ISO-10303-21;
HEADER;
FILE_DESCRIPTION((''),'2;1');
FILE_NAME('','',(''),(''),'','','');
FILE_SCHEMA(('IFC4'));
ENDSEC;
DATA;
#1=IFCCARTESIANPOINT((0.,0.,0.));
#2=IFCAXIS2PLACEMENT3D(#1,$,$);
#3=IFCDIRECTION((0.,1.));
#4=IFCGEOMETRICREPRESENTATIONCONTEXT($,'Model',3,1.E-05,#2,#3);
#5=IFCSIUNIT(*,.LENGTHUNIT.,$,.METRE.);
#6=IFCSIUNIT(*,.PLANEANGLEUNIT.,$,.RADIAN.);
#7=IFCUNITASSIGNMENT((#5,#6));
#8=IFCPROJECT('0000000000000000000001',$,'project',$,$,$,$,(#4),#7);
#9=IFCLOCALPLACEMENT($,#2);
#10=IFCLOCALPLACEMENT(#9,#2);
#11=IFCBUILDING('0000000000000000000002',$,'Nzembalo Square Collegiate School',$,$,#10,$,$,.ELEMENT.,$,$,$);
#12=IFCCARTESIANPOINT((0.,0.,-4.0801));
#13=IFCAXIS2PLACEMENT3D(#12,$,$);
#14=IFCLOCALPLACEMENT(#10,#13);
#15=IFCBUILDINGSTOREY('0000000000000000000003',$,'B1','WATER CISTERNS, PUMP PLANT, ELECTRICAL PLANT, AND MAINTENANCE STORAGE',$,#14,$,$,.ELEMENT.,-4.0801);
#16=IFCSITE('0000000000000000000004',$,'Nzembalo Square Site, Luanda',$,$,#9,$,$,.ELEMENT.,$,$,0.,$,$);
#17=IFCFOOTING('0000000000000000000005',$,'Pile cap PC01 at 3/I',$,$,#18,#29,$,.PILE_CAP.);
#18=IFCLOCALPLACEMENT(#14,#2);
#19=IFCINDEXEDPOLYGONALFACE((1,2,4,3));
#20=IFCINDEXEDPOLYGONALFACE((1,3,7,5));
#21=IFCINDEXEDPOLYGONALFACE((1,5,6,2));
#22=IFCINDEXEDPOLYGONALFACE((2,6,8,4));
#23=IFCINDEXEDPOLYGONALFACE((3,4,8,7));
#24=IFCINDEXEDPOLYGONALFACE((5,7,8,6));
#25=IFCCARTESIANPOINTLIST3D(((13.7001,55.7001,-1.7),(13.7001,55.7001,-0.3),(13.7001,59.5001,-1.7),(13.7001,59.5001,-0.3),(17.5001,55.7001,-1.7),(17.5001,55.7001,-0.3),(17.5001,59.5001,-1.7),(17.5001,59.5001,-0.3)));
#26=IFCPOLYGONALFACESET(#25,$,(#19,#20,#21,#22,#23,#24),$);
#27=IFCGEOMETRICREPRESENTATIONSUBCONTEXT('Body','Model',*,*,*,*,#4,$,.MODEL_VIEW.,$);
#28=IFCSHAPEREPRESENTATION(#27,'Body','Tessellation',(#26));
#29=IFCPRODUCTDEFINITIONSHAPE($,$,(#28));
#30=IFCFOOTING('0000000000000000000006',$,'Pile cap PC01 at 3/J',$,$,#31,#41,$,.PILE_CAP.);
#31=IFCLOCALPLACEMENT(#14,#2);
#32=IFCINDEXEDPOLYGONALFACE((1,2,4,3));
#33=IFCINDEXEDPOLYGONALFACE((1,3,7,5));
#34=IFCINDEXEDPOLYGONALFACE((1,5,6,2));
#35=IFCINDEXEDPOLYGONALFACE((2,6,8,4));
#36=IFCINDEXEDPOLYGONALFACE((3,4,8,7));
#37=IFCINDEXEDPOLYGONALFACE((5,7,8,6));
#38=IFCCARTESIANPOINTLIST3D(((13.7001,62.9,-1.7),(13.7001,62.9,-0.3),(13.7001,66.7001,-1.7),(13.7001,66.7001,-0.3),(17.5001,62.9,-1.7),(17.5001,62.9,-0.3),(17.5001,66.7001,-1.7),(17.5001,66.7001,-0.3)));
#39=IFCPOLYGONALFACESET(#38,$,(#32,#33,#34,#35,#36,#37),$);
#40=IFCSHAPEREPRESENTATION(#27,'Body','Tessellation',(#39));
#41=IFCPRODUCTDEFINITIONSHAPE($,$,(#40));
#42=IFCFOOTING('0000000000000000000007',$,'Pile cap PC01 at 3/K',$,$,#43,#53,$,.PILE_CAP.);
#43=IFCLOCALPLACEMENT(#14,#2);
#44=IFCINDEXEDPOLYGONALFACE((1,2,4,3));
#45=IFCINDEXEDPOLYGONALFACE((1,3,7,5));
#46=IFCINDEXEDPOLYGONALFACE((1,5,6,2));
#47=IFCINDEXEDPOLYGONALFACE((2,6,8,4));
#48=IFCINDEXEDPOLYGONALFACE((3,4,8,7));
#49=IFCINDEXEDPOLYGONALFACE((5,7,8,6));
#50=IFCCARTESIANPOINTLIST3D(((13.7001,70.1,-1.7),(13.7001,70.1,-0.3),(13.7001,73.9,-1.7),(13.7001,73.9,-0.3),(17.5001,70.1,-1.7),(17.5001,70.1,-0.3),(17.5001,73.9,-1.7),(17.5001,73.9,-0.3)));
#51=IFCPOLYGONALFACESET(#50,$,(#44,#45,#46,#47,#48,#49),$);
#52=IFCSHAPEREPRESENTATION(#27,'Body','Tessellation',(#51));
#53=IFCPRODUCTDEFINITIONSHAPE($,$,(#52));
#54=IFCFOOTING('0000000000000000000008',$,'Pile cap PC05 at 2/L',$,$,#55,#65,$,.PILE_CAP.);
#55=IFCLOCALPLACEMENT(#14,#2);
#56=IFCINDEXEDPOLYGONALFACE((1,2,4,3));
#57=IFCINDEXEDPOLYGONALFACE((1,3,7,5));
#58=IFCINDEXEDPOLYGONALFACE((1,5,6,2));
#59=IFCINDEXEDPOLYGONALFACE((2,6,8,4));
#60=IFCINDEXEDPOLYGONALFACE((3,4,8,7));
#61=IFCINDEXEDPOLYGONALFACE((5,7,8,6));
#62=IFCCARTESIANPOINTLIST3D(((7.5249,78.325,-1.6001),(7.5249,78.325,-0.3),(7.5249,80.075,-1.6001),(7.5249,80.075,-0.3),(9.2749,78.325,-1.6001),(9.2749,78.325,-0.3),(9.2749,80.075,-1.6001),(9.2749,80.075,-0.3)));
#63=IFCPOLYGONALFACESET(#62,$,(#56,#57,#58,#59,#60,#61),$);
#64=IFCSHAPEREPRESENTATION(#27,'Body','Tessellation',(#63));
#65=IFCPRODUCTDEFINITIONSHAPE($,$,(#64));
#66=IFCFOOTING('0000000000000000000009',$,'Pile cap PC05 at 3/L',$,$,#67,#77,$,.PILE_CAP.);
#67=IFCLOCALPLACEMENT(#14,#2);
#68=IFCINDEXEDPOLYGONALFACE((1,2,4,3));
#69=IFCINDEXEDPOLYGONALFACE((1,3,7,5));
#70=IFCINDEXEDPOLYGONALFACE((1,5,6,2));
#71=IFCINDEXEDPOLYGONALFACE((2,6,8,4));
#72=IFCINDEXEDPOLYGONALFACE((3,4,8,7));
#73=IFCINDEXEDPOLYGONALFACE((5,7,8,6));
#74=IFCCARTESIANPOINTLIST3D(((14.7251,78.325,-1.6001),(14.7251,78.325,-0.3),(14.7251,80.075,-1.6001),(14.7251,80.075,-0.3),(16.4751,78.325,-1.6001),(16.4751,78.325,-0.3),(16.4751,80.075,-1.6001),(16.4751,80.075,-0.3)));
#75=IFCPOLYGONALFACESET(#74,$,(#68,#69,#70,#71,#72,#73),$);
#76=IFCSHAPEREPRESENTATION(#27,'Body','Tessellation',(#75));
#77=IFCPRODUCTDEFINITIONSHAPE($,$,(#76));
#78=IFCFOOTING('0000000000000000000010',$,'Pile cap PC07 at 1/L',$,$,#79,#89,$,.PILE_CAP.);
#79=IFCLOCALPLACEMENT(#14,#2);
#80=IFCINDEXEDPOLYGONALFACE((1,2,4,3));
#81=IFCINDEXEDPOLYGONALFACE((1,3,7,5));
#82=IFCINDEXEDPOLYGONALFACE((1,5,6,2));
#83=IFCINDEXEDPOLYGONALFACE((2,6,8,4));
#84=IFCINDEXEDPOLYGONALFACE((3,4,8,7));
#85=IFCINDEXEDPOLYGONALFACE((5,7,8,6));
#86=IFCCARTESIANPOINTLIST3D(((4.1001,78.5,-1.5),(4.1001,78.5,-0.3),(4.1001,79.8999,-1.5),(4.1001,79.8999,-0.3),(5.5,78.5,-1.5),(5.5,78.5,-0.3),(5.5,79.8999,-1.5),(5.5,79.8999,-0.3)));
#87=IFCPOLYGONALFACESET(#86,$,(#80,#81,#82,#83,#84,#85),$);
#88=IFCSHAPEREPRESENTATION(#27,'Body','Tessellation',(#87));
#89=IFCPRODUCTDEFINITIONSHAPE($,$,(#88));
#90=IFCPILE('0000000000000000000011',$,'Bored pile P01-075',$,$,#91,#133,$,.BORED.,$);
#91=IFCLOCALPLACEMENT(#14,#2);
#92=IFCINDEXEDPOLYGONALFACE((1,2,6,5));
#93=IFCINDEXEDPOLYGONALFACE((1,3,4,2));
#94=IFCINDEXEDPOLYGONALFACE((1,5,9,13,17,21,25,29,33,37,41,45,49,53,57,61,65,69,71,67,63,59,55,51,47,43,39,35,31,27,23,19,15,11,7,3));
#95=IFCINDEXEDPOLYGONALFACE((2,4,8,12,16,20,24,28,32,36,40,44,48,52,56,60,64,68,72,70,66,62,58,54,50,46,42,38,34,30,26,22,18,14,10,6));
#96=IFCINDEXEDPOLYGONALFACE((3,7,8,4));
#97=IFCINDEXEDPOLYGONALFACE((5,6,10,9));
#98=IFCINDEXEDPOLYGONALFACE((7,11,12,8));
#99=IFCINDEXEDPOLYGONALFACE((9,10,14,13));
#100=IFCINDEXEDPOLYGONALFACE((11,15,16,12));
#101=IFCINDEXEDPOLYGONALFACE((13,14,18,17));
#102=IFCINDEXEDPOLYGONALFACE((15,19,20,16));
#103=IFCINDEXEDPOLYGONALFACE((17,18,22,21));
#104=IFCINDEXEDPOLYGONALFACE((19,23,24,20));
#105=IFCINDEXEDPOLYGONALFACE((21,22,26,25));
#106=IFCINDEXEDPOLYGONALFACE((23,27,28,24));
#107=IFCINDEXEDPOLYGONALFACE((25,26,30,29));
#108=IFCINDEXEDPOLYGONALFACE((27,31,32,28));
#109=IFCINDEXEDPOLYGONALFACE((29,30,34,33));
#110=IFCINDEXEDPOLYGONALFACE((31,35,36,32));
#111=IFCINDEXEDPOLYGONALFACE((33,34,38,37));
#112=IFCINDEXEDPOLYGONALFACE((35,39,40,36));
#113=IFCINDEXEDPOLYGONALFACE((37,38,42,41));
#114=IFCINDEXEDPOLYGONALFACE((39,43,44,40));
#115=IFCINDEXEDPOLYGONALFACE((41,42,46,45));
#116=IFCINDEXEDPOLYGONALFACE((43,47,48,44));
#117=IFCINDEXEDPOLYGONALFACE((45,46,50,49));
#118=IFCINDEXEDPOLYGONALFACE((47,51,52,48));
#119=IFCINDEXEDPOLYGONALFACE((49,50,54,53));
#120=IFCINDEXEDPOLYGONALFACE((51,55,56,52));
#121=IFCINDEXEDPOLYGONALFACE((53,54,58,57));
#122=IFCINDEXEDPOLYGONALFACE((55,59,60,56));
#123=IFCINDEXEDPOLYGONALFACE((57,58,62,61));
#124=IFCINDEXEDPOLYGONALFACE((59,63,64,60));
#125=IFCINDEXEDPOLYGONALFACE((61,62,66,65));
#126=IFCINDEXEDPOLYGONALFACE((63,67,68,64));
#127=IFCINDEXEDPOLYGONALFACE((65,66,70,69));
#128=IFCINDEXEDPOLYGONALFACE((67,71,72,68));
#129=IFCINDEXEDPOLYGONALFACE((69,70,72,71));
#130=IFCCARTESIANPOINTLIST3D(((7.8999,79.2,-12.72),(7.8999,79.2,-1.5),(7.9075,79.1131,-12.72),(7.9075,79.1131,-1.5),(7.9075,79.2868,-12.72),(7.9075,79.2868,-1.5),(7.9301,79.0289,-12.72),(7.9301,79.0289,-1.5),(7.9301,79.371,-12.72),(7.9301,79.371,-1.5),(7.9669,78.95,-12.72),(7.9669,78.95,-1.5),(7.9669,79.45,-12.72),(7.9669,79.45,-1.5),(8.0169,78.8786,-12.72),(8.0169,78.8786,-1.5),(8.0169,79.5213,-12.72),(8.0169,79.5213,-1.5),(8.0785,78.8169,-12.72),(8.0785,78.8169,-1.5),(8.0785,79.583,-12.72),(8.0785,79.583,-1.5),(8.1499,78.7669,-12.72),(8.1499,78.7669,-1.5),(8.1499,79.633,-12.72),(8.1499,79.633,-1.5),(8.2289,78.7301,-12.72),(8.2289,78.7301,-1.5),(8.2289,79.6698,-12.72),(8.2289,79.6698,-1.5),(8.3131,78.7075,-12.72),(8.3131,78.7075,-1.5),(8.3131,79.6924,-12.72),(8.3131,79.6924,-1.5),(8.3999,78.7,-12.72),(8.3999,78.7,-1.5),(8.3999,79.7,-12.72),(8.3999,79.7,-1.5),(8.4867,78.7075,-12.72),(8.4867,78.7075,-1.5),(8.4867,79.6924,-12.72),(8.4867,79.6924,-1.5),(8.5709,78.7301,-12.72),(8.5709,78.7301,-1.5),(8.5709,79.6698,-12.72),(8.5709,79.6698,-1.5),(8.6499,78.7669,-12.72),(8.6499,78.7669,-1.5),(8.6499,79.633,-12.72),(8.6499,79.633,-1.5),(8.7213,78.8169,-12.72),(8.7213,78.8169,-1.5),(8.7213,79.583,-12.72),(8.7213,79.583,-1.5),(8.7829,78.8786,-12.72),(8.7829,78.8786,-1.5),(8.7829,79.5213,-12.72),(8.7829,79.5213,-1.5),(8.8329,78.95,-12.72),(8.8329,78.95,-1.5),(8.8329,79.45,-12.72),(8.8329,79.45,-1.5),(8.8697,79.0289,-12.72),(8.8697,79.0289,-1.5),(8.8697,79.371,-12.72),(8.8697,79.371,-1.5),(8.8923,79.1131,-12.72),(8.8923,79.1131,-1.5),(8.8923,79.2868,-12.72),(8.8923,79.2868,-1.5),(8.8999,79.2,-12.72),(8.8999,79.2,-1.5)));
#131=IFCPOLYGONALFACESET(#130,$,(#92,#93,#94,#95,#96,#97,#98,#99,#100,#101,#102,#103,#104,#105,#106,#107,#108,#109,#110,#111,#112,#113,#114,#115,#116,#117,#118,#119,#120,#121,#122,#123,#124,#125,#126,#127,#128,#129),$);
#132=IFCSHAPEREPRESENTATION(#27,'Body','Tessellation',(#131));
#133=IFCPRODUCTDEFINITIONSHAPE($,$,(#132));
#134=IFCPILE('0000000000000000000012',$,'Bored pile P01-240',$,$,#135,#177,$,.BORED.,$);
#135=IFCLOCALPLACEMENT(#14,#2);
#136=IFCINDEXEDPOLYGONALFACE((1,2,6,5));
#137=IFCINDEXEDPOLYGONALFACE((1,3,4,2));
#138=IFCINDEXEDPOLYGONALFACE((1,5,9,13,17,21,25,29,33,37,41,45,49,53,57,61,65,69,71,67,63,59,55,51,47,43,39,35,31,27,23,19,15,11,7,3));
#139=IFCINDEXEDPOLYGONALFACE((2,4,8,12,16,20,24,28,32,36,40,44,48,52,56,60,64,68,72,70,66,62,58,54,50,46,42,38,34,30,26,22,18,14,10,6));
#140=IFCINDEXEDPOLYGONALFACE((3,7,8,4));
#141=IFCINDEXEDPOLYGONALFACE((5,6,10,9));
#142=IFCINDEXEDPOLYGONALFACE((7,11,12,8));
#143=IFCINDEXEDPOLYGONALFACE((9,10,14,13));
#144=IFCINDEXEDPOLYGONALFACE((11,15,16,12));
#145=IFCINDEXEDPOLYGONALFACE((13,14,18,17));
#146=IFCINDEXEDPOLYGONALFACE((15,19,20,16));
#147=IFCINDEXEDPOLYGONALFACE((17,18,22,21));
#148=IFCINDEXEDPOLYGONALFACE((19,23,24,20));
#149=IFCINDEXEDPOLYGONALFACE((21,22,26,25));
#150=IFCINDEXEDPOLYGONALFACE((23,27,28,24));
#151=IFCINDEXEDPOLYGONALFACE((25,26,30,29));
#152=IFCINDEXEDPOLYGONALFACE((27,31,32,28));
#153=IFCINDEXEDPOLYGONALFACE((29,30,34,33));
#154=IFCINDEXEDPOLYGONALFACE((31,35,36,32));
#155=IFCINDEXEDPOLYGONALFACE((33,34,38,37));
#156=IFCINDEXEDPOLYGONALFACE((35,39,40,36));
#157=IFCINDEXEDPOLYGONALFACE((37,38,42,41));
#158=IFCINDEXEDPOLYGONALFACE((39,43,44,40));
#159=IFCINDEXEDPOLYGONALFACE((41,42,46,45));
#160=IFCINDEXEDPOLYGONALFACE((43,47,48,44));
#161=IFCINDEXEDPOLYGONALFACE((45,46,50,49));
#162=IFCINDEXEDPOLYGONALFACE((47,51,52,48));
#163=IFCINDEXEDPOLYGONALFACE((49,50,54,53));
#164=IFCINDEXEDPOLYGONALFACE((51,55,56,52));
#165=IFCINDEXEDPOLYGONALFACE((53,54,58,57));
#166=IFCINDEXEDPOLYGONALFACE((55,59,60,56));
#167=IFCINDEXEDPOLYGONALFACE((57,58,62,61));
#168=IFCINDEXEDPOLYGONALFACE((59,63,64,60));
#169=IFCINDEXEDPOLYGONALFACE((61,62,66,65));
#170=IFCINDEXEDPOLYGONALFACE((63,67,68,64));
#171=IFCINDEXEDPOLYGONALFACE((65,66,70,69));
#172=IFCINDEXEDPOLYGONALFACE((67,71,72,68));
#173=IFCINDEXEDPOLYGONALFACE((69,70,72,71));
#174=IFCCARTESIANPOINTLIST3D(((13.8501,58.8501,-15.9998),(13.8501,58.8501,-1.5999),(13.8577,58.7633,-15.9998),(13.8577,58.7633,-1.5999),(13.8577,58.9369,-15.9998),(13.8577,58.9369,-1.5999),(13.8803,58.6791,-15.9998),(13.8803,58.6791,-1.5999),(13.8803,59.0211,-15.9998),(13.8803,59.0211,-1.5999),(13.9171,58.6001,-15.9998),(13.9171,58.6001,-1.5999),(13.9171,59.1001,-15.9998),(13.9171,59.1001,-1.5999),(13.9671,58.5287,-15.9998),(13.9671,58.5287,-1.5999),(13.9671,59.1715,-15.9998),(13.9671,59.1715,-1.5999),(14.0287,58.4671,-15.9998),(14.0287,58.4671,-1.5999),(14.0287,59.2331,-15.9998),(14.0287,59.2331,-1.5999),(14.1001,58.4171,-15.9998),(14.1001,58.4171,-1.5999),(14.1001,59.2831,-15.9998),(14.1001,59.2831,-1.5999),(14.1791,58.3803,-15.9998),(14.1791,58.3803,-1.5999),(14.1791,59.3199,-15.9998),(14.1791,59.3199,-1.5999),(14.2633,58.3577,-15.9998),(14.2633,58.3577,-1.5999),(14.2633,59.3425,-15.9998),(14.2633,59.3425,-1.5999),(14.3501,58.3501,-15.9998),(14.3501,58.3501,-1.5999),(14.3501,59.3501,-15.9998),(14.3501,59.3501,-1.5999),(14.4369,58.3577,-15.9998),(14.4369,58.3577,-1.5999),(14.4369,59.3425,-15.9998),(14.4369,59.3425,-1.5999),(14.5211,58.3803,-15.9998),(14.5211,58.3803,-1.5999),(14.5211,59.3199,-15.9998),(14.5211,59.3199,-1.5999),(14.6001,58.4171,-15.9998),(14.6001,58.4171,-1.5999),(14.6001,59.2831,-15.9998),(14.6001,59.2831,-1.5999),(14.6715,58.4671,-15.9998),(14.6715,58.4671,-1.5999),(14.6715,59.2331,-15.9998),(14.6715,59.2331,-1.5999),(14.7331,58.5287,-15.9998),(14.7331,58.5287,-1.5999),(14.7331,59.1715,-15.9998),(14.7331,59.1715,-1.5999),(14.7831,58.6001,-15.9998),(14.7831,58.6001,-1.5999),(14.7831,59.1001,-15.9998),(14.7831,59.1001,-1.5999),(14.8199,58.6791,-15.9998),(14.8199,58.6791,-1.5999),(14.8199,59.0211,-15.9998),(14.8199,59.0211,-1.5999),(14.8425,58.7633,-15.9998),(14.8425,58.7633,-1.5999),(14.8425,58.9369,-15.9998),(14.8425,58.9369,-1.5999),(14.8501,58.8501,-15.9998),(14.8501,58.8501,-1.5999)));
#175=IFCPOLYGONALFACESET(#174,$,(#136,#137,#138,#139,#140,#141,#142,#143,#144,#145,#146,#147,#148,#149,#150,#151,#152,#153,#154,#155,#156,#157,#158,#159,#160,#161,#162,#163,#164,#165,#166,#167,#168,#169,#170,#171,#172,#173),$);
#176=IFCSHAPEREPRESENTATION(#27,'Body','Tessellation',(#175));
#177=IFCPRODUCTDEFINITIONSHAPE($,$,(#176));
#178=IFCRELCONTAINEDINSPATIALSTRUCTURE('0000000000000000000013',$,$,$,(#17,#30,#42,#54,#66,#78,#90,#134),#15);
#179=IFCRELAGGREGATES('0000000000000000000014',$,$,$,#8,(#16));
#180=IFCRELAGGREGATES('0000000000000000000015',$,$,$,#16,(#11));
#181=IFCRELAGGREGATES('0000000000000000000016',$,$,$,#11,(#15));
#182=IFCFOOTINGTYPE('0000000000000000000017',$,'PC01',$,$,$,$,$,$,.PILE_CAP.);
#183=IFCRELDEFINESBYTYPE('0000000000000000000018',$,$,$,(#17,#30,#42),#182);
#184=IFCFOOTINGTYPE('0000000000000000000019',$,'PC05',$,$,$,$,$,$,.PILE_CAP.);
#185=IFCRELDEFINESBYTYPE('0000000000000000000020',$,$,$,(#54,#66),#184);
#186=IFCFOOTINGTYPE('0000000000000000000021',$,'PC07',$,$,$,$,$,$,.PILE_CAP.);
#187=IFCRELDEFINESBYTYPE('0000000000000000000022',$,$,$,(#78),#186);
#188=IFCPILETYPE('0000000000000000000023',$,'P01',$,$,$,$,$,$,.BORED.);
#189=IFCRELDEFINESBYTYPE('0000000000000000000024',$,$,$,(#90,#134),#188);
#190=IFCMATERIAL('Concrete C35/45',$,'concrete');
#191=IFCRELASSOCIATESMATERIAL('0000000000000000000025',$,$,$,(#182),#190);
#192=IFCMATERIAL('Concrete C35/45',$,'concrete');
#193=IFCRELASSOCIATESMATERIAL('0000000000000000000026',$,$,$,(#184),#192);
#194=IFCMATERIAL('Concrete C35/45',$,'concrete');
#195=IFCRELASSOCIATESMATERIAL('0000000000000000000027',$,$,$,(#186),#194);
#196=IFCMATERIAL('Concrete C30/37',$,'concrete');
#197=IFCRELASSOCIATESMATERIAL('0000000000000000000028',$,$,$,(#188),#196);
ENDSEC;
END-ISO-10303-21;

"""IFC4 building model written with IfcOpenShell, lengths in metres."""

from ifc_helpers import new_model, si_unit, direction, frame, origin, origin_2d, place, context, subcontext, project, spatial, rectangle, circle, extrude, material, material_profile, profile_set, type_object, element, save


model = new_model("IFC4")

# Units and contexts
model_context = context("Model", 3, precision=1e-05, world=origin(), true_north=direction((0.0, 1.0)))
body_context = subcontext(model_context, "Body", "Model", "MODEL_VIEW")
ifc_project = project(units=[si_unit("LENGTHUNIT", "METRE"), si_unit("PLANEANGLEUNIT", "RADIAN")], contexts=[model_context])

# Site, building, storey
site_placement = place(None, origin())
site = spatial("IfcSite", under=ifc_project, at=site_placement, Name="Nzembalo Square Site, Luanda", CompositionType="ELEMENT", RefElevation=0.0)
building_placement = place(site_placement, origin())
building = spatial("IfcBuilding", under=site, at=building_placement, Name="Nzembalo Square Collegiate School", CompositionType="ELEMENT")
storey_placement = place(building_placement, frame((0.0, 0.0, -4.0801)))
storey = spatial("IfcBuildingStorey", under=building, at=storey_placement, Name="B1", Description="WATER CISTERNS, PUMP PLANT, ELECTRICAL PLANT, AND MAINTENANCE STORAGE", CompositionType="ELEMENT", Elevation=-4.0801)

# Footings
ifc_material_1 = material(Name="Concrete C35/45", Category="concrete")
footing_type_1 = type_object("IfcFootingType", Name="PC01", PredefinedType="PILE_CAP", material=ifc_material_1)
for number, where, z_axis, x_axis, name in (
    (1, (15.6001, 57.6001, -1.7), (0.0, 0.0, 1.0), (1.0, 0.0, 0.0), "Pile cap PC01 at 3/I"),
    (2, (15.6001, 64.8, -1.7), (0.0, 0.0, 1.0), (1.0, 0.0, 0.0), "Pile cap PC01 at 3/J"),
    (3, (15.6001, 72.0, -1.7), (0.0, 0.0, 1.0), (1.0, 0.0, 0.0), "Pile cap PC01 at 3/K"),
):
    element("IfcFooting", number, at=place(storey_placement, frame(where, z_axis=z_axis, x_axis=x_axis)), inside=storey, type_object=footing_type_1, Name=name, PredefinedType="PILE_CAP", context=body_context, shape_type="SweptSolid", body=[
        extrude(rectangle(XDim=3.8, YDim=3.8, at=origin_2d()), origin(), (0.0, 0.0, 1.0), 1.3999),
    ])
ifc_material_2 = material(Name="Concrete C35/45", Category="concrete")
footing_type_2 = type_object("IfcFootingType", Name="PC05", PredefinedType="PILE_CAP", material=ifc_material_2)
for number, where, z_axis, x_axis, name in (
    (4, (8.3999, 79.2, -1.6001), (0.0, 0.0, 1.0), (1.0, 0.0, 0.0), "Pile cap PC05 at 2/L"),
    (5, (15.6001, 79.2, -1.6001), (0.0, 0.0, 1.0), (1.0, 0.0, 0.0), "Pile cap PC05 at 3/L"),
):
    element("IfcFooting", number, at=place(storey_placement, frame(where, z_axis=z_axis, x_axis=x_axis)), inside=storey, type_object=footing_type_2, Name=name, PredefinedType="PILE_CAP", context=body_context, shape_type="SweptSolid", body=[
        extrude(rectangle(XDim=1.75, YDim=1.75, at=origin_2d()), origin(), (0.0, 0.0, 1.0), 1.3),
    ])
ifc_material_3 = material(Name="Concrete C35/45", Category="concrete")
footing_type_3 = type_object("IfcFootingType", Name="PC07", PredefinedType="PILE_CAP", material=ifc_material_3)
footing_placement = place(storey_placement, frame((4.8, 79.2, -1.5), z_axis=(0.0, 0.0, 1.0), x_axis=(1.0, 0.0, 0.0)))
element("IfcFooting", 6, at=footing_placement, inside=storey, type_object=footing_type_3, Name="Pile cap PC07 at 1/L", PredefinedType="PILE_CAP", context=body_context, shape_type="SweptSolid", body=[
    extrude(rectangle(XDim=1.3999, YDim=1.3999, at=origin_2d()), origin(), (0.0, 0.0, 1.0), 1.2),
])

# Piles
ifc_material_4 = material(Name="Concrete C30/37", Category="concrete")
ifc_material_profile_1 = material_profile(ifc_material_4, circle(Radius=0.5, at=origin_2d()), Name="PILE D1000")
ifc_profile_set_1 = profile_set([ifc_material_profile_1], Name="Concrete C30/37")
pile_type_1 = type_object("IfcPileType", Name="P01", PredefinedType="BORED", material=ifc_profile_set_1)
pile_1_placement = place(storey_placement, frame((8.3999, 79.2, -1.5), z_axis=(0.0, 0.0, -1.0), x_axis=(1.0, 0.0, 0.0)))
element("IfcPile", 7, at=pile_1_placement, inside=storey, type_object=pile_type_1, Name="Bored pile P01-075", PredefinedType="BORED", context=body_context, shape_type="SweptSolid", body=[
    extrude(circle(Radius=0.5, at=origin_2d()), origin(), (0.0, 0.0, 1.0), 11.22),
])
for number, where, z_axis, x_axis, name in (
    (8, (14.3501, 58.8501, -1.5999), (0.0, 0.0, -1.0), (1.0, 0.0, 0.0), "Bored pile P01-240"),
):
    element("IfcPile", number, at=place(storey_placement, frame(where, z_axis=z_axis, x_axis=x_axis)), inside=storey, type_object=pile_type_1, Name=name, PredefinedType="BORED", context=body_context, shape_type="SweptSolid", body=[
        extrude(circle(Radius=0.5, at=origin_2d()), origin(), (0.0, 0.0, 1.0), 14.3999),
    ])

save(model, "model.ifc")
